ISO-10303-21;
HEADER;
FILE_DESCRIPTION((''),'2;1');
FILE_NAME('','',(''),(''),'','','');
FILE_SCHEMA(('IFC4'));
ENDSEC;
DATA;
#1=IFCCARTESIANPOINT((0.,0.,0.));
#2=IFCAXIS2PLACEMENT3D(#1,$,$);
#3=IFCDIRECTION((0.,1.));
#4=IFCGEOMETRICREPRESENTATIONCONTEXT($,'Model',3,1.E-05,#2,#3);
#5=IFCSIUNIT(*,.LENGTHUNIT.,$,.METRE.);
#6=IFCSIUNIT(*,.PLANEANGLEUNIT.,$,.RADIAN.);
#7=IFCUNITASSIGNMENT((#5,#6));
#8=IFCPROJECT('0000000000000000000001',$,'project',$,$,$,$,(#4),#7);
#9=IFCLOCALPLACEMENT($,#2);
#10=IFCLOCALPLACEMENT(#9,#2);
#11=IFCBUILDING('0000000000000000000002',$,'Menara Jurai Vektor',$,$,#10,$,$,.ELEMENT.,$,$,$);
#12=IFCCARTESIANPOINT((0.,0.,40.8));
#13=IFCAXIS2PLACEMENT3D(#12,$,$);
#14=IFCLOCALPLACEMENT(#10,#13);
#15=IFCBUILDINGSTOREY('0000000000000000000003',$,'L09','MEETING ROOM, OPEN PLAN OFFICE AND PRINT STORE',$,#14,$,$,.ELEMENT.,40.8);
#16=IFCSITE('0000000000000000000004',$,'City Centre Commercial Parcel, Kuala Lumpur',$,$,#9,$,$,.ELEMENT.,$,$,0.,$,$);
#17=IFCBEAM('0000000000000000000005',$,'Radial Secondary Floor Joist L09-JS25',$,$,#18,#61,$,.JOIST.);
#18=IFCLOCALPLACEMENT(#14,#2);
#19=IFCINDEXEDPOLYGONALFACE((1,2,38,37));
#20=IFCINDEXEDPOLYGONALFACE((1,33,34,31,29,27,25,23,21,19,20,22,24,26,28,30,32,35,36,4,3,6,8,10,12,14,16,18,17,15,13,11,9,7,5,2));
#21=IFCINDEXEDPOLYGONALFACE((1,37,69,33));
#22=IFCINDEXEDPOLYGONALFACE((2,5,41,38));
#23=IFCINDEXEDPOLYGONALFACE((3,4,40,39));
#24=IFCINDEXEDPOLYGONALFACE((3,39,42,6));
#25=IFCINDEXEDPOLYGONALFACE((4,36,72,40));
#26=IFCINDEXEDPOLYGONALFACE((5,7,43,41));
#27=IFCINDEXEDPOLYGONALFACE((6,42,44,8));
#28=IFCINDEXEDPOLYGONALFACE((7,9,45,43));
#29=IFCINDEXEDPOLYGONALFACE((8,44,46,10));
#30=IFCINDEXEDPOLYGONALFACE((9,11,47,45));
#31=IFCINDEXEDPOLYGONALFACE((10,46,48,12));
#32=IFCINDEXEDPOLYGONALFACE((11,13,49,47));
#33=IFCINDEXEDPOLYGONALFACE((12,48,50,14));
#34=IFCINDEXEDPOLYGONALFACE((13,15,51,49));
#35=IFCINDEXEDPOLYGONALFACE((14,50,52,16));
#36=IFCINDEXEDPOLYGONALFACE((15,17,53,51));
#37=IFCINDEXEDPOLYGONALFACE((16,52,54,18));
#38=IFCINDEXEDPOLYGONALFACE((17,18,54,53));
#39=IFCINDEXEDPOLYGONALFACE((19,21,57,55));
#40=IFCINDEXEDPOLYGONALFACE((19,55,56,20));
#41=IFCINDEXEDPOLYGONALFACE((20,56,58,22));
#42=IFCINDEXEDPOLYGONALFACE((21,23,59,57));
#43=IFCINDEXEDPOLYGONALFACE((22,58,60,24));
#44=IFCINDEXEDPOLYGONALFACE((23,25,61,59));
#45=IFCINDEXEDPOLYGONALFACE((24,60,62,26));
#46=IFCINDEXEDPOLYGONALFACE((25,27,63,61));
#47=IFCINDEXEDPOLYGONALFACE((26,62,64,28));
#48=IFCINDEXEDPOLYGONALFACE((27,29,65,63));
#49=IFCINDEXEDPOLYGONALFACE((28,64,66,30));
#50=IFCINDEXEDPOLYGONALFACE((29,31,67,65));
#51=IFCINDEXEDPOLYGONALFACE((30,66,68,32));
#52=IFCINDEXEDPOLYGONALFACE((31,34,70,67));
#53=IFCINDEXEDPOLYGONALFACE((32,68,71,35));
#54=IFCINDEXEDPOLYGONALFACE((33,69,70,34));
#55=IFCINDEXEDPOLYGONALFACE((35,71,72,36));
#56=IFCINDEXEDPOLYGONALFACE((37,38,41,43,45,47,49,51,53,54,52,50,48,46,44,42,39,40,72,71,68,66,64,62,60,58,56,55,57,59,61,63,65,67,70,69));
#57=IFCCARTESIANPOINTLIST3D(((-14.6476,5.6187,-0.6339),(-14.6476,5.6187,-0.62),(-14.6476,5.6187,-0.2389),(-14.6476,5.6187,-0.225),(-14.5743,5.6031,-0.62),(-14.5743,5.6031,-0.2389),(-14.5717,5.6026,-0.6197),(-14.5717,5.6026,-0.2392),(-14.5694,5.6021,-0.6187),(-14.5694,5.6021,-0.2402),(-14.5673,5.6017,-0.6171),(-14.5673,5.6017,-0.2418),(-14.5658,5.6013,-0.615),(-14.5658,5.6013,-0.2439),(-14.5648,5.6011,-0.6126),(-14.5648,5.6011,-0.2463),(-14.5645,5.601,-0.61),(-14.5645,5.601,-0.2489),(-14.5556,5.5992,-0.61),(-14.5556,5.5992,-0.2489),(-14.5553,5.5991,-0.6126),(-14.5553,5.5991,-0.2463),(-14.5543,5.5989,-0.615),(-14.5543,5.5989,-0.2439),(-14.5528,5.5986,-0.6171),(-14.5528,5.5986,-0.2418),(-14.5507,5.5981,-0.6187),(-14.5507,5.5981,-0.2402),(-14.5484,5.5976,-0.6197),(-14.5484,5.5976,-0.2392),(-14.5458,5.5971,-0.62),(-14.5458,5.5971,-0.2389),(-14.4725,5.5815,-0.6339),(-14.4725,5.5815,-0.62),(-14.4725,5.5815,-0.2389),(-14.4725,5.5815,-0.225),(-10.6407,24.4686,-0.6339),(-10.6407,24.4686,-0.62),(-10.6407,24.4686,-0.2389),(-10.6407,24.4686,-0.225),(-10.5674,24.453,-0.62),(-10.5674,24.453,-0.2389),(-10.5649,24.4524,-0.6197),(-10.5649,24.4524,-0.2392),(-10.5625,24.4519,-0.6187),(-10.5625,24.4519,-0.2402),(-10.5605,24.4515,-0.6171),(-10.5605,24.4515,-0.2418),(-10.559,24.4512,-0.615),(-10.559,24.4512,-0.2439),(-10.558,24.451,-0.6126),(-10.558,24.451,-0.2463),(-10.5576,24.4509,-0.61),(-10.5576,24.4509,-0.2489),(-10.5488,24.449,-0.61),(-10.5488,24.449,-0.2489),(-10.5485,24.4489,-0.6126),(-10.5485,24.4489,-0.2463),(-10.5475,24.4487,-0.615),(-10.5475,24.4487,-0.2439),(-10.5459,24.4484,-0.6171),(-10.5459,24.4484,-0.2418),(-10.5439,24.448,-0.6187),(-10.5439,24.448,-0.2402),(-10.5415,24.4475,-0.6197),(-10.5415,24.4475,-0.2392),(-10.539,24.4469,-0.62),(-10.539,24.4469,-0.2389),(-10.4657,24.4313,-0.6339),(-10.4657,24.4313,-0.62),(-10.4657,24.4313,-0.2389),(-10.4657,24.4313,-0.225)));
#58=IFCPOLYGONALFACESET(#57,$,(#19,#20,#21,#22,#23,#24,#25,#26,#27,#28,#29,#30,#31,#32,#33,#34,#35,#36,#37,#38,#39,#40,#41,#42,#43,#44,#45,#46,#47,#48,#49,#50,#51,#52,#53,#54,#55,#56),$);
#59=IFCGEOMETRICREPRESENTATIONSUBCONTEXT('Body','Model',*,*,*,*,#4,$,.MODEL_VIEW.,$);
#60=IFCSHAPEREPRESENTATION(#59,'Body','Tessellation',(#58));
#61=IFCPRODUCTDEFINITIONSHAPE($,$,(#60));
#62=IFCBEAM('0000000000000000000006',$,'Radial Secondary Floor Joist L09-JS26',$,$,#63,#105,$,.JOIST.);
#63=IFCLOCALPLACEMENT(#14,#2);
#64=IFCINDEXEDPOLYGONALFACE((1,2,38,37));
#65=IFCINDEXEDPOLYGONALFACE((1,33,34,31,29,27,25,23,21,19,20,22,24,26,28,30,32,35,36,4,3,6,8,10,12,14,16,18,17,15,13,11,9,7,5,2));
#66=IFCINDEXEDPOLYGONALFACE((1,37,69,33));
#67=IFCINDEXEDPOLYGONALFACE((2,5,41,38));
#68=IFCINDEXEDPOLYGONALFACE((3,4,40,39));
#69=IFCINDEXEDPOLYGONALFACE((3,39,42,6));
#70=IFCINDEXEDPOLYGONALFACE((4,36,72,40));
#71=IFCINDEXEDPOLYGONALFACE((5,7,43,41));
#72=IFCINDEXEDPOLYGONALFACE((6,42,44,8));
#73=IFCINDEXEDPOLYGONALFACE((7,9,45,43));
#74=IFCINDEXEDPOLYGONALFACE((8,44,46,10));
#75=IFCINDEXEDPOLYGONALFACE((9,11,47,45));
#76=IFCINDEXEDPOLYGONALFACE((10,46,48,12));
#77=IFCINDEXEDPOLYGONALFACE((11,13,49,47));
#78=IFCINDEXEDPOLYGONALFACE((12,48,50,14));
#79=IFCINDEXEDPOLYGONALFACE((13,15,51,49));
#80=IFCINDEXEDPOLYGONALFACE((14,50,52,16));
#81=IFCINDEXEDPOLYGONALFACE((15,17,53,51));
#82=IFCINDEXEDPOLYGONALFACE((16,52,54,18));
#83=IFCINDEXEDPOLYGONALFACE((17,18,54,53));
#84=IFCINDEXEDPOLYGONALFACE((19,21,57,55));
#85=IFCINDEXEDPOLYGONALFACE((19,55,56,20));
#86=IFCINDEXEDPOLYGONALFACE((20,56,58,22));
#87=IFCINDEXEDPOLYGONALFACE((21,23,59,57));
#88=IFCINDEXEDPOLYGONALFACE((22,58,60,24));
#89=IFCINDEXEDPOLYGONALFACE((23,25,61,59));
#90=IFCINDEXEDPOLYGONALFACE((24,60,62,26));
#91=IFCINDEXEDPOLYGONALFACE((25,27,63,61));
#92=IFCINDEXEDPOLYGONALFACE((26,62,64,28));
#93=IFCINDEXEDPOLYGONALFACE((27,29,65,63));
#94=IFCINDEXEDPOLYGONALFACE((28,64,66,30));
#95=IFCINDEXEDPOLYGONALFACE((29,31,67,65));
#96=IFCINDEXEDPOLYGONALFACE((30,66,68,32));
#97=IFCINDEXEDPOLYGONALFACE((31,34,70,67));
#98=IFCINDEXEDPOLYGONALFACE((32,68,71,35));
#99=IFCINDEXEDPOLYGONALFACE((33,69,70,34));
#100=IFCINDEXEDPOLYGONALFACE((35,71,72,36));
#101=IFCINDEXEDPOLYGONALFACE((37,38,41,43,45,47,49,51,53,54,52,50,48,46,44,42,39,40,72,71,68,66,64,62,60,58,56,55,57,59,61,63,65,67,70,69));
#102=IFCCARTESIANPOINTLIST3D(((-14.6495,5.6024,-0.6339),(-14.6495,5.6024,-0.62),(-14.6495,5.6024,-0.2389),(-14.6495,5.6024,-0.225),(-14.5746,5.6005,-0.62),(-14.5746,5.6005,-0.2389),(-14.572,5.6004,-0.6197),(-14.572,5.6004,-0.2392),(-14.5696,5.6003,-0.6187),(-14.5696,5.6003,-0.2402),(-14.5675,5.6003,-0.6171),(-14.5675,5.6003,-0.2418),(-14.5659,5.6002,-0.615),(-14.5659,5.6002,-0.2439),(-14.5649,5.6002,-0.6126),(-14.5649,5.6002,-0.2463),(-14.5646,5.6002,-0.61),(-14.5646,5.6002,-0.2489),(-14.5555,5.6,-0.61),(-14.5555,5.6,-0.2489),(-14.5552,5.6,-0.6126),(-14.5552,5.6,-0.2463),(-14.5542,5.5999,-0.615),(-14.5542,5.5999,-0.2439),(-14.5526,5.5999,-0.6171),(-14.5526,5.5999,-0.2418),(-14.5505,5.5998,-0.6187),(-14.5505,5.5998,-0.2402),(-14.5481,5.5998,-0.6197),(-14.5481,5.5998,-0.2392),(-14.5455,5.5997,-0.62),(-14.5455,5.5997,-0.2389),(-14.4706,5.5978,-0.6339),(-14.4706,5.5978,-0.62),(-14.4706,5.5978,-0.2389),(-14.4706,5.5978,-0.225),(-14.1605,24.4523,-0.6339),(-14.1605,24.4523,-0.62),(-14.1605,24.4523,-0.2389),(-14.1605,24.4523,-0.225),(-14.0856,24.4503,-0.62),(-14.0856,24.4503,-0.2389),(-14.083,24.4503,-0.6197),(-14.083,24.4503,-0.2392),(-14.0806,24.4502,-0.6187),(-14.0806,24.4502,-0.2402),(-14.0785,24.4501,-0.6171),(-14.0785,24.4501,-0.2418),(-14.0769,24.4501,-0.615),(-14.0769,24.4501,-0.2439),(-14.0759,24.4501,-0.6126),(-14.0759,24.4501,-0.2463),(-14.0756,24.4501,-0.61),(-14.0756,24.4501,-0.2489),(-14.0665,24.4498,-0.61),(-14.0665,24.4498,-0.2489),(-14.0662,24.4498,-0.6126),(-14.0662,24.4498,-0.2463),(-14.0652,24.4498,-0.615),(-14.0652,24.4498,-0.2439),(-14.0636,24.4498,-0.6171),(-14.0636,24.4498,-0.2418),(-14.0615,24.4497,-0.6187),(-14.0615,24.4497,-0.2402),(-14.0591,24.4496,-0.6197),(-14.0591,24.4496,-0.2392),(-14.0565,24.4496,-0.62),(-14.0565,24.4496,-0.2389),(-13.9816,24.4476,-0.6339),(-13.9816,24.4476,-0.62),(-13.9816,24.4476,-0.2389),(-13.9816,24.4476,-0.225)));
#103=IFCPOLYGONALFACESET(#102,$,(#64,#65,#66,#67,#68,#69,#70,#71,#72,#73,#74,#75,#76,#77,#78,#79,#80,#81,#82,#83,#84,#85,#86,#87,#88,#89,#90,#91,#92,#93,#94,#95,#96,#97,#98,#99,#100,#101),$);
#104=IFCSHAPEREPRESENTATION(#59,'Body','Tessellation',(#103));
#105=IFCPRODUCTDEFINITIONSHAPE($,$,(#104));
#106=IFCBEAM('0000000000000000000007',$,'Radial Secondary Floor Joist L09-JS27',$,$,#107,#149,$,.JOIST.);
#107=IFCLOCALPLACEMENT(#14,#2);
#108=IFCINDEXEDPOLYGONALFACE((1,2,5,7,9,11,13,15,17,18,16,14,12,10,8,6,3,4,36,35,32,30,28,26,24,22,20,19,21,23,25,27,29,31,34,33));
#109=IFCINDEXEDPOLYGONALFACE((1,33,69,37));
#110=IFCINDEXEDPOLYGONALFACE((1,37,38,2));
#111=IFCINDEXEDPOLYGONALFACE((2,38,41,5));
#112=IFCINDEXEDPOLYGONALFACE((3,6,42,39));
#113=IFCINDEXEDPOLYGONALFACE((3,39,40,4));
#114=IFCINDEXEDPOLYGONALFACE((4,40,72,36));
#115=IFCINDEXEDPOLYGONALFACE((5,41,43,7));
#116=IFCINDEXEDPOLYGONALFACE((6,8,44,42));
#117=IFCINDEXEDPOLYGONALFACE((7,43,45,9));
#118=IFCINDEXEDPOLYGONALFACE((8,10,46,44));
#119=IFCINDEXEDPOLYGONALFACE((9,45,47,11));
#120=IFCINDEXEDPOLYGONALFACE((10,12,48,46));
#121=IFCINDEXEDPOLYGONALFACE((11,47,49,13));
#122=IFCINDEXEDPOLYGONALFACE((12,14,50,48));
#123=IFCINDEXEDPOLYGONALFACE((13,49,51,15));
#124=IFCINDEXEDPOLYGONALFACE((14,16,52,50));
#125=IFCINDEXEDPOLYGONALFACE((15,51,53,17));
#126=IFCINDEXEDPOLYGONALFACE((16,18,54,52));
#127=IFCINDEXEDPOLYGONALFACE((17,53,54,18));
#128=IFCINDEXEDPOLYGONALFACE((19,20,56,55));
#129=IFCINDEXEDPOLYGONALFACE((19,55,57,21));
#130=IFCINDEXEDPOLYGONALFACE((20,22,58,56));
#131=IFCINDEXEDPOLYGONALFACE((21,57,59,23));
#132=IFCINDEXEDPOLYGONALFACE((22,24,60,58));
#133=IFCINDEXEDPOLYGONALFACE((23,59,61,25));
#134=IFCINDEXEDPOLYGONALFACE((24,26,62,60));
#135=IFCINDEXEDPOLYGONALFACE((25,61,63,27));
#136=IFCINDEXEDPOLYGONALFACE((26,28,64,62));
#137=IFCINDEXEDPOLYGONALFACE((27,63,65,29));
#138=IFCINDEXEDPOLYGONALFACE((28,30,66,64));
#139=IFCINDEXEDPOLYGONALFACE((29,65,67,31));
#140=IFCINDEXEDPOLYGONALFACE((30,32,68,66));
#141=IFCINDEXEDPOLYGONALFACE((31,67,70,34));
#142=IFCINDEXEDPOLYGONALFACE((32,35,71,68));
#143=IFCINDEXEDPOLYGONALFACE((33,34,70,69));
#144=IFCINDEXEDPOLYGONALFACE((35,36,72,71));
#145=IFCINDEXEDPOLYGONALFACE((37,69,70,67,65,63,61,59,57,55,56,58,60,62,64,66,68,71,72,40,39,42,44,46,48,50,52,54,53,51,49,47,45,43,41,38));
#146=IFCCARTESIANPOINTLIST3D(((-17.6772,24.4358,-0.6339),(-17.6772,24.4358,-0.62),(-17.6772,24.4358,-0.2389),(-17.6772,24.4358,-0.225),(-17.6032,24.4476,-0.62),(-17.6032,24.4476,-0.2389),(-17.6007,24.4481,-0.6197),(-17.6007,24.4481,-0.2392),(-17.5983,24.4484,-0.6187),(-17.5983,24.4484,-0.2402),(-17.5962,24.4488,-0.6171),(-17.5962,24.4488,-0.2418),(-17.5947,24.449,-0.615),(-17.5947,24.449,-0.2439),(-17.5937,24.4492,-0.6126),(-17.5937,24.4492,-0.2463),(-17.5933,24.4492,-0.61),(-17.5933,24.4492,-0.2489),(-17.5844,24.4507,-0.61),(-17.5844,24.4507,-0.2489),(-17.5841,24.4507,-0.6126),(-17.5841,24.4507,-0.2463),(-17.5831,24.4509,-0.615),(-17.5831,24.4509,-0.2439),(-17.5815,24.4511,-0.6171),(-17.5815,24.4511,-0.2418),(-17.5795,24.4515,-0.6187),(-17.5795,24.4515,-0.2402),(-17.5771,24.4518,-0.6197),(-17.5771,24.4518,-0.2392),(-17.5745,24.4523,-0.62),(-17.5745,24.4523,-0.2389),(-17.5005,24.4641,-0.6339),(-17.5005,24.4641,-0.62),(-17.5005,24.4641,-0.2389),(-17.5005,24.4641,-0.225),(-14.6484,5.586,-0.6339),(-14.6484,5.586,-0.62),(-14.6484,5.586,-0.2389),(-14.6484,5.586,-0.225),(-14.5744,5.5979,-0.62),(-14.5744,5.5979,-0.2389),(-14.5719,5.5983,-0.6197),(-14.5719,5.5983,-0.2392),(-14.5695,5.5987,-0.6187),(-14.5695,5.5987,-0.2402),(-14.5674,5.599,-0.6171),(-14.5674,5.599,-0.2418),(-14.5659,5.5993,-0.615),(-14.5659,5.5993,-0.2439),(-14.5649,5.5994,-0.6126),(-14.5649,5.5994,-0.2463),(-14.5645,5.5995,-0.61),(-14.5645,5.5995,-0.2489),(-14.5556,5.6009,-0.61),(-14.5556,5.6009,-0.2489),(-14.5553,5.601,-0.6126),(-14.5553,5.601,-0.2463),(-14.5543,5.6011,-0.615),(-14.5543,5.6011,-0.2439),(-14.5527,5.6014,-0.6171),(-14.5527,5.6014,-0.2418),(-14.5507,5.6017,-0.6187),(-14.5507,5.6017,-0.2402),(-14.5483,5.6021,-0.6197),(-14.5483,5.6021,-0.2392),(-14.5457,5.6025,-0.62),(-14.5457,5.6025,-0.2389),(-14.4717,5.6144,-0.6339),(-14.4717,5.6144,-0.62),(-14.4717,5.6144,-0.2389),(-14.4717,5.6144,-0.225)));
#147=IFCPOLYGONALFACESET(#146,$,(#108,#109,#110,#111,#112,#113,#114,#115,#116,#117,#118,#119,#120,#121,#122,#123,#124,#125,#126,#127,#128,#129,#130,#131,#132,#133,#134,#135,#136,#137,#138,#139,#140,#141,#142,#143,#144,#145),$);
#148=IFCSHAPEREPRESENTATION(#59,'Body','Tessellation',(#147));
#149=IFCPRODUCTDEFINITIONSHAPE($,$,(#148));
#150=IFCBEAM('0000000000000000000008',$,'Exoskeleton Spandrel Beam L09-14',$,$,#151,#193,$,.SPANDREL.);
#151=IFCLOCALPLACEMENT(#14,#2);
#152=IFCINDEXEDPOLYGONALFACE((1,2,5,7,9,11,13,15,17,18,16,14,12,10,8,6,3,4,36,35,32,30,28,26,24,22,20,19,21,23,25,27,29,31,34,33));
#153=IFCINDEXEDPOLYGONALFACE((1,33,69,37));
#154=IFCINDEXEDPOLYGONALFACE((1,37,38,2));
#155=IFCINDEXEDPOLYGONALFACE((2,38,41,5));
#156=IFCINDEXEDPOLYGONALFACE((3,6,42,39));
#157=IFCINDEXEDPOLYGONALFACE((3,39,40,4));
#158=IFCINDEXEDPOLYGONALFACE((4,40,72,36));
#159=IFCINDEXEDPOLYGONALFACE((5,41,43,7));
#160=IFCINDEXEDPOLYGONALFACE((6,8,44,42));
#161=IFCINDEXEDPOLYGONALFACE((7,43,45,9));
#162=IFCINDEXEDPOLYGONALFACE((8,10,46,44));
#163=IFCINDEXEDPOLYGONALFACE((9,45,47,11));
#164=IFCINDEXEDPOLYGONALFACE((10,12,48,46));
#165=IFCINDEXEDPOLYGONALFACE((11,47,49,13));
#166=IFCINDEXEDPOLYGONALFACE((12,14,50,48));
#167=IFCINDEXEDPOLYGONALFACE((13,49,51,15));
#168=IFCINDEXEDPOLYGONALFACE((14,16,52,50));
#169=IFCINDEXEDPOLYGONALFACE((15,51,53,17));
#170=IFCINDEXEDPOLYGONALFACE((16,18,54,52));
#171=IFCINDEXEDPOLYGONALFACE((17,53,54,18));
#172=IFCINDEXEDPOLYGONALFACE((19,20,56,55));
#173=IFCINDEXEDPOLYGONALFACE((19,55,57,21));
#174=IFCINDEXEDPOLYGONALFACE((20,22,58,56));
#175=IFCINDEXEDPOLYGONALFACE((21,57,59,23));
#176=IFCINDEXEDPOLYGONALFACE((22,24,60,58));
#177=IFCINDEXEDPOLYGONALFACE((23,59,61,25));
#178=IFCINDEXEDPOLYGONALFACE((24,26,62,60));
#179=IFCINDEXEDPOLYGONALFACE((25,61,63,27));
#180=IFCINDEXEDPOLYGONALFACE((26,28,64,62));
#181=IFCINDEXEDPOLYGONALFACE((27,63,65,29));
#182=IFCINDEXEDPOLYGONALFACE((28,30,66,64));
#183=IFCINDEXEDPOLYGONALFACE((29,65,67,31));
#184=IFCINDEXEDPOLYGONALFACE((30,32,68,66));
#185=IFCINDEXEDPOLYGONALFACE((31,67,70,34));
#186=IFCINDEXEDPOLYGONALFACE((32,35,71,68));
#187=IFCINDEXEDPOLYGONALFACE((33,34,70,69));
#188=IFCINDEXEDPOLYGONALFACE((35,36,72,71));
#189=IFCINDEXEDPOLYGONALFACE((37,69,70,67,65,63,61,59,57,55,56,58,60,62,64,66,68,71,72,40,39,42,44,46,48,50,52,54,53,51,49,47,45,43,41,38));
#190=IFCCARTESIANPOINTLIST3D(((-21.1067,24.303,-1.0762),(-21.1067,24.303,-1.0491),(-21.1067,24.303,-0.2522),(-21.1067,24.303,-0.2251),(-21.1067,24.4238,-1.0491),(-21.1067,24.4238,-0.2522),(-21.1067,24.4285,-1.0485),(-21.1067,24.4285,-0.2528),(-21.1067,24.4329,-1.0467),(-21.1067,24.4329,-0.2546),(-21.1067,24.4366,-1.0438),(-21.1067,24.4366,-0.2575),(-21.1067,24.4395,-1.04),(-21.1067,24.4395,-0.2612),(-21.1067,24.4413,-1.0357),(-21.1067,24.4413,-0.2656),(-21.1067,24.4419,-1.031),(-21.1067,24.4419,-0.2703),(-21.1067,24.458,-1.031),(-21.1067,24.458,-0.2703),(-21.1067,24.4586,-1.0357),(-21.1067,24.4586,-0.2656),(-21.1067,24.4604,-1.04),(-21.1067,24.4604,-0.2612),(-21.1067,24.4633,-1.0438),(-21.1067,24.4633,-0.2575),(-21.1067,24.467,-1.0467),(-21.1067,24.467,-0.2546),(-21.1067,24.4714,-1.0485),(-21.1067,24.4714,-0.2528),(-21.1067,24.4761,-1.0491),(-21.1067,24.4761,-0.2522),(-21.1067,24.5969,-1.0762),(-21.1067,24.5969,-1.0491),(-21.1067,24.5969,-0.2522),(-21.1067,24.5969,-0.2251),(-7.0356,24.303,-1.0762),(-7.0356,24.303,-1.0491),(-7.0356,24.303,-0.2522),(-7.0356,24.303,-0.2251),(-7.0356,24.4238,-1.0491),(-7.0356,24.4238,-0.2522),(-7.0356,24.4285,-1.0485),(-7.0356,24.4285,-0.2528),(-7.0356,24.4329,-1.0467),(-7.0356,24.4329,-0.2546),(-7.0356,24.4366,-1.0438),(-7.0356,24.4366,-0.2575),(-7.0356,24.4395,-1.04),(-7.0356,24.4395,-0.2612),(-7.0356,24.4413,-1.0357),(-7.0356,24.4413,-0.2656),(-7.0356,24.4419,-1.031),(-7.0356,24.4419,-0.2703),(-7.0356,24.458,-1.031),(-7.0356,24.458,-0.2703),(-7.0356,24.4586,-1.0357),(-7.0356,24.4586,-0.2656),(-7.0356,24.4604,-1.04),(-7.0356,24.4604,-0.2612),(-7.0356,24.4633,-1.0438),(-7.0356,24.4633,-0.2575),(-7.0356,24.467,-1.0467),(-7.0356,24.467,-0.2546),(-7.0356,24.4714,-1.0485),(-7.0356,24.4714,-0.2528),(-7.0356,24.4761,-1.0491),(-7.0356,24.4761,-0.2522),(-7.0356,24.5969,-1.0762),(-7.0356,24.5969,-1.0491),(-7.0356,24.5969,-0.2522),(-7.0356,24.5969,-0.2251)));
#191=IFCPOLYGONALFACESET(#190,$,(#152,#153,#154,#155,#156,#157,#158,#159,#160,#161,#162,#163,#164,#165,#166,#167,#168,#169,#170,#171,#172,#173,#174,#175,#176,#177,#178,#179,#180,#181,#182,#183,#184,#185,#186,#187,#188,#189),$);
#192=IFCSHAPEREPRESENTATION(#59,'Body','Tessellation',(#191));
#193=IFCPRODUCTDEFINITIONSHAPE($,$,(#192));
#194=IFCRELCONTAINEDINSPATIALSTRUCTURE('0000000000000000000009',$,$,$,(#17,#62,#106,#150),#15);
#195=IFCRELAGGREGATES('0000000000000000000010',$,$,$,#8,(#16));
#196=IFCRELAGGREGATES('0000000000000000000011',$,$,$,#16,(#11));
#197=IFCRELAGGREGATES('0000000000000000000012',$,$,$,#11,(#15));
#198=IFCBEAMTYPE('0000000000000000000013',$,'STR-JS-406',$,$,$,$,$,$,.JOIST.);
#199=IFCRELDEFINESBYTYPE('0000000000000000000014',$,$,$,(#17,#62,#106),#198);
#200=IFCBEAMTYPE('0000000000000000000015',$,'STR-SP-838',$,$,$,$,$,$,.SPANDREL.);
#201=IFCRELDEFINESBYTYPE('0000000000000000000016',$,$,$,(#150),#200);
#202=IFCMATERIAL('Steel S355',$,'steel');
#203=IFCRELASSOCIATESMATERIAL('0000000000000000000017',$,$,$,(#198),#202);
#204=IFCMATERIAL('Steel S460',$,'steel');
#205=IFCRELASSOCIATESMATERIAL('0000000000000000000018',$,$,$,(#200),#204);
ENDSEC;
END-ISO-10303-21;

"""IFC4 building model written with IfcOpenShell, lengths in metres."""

from ifc_helpers import new_model, si_unit, direction, frame, origin, origin_2d, place, context, subcontext, project, spatial, i_section, extrude, material, material_profile, profile_set, type_object, element, save


model = new_model("IFC4")

# Units and contexts
model_context = context("Model", 3, precision=1e-05, world=origin(), true_north=direction((0.0, 1.0)))
body_context = subcontext(model_context, "Body", "Model", "MODEL_VIEW")
ifc_project = project(units=[si_unit("LENGTHUNIT", "METRE"), si_unit("PLANEANGLEUNIT", "RADIAN")], contexts=[model_context])

# Site, building, storey
site_placement = place(None, origin())
site = spatial("IfcSite", under=ifc_project, at=site_placement, Name="City Centre Commercial Parcel, Kuala Lumpur", CompositionType="ELEMENT", RefElevation=0.0)
building_placement = place(site_placement, origin())
building = spatial("IfcBuilding", under=site, at=building_placement, Name="Menara Jurai Vektor", CompositionType="ELEMENT")
storey_placement = place(building_placement, frame((0.0, 0.0, 40.8)))
storey = spatial("IfcBuildingStorey", under=building, at=storey_placement, Name="L09", Description="MEETING ROOM, OPEN PLAN OFFICE AND PRINT STORE", CompositionType="ELEMENT", Elevation=40.8)

# Shared definitions
ifc_material_1 = material(Name="Steel S460", Category="steel")

# Beams
ifc_material_2 = material(Name="Steel S355", Category="steel")
ifc_material_profile_1 = material_profile(ifc_material_2, i_section(OverallWidth=0.179, OverallDepth=0.4089, WebThickness=0.009, FlangeThickness=0.0139, FilletRadius=0.01, at=origin_2d()), Name="UKB 406x178x67")
ifc_profile_set_1 = profile_set([ifc_material_profile_1], Name="Steel S355")
beam_type_1 = type_object("IfcBeamType", Name="STR-JS-406", PredefinedType="JOIST", material=ifc_profile_set_1)
beam_1_placement = place(storey_placement, frame((-10.5532, 24.45, -0.4294), z_axis=(-0.20792, -0.978146, 0.0), x_axis=(0.978146, -0.20792, 0.0)))
element("IfcBeam", 1, at=beam_1_placement, inside=storey, type_object=beam_type_1, Name="Radial Secondary Floor Joist L09-JS25", PredefinedType="JOIST", context=body_context, shape_type="SweptSolid", body=[
    extrude(i_section(OverallWidth=0.179, OverallDepth=0.4089, WebThickness=0.009, FlangeThickness=0.0139, FilletRadius=0.01, at=origin_2d()), origin(), (0.0, 0.0, 1.0), 19.271),
])
beam_2_placement = place(storey_placement, frame((-14.071, 24.45, -0.4294), z_axis=(-0.025934, -0.999664, 0.0), x_axis=(0.999664, -0.025934, 0.0)))
element("IfcBeam", 2, at=beam_2_placement, inside=storey, type_object=beam_type_1, Name="Radial Secondary Floor Joist L09-JS26", PredefinedType="JOIST", context=body_context, shape_type="SweptSolid", body=[
    extrude(i_section(OverallWidth=0.179, OverallDepth=0.4089, WebThickness=0.009, FlangeThickness=0.0139, FilletRadius=0.01, at=origin_2d()), origin(), (0.0, 0.0, 1.0), 18.8562),
])
beam_3_placement = place(storey_placement, frame((-17.5889, 24.45, -0.4294), z_axis=(0.158646, -0.987336, 0.0), x_axis=(0.987336, 0.158646, 0.0)))
element("IfcBeam", 3, at=beam_3_placement, inside=storey, type_object=beam_type_1, Name="Radial Secondary Floor Joist L09-JS27", PredefinedType="JOIST", context=body_context, shape_type="SweptSolid", body=[
    extrude(i_section(OverallWidth=0.179, OverallDepth=0.4089, WebThickness=0.009, FlangeThickness=0.0139, FilletRadius=0.01, at=origin_2d()), origin(), (0.0, 0.0, 1.0), 19.0916),
])
ifc_material_profile_2 = material_profile(ifc_material_1, i_section(OverallWidth=0.2939, OverallDepth=0.8511, WebThickness=0.0161, FlangeThickness=0.0271, FilletRadius=0.0181, at=origin_2d()), Name="UKB 838x292x226")
ifc_profile_set_2 = profile_set([ifc_material_profile_2], Name="Steel S460")
beam_type_2 = type_object("IfcBeamType", Name="STR-SP-838", PredefinedType="SPANDREL", material=ifc_profile_set_2)
for number, where, z_axis, x_axis, name in (
    (4, (-7.0356, 24.45, -0.6506), (-1.0, 0.0, 0.0), (0.0, -1.0, 0.0), "Exoskeleton Spandrel Beam L09-14"),
):
    element("IfcBeam", number, at=place(storey_placement, frame(where, z_axis=z_axis, x_axis=x_axis)), inside=storey, type_object=beam_type_2, Name=name, PredefinedType="SPANDREL", context=body_context, shape_type="SweptSolid", body=[
        extrude(i_section(OverallWidth=0.2939, OverallDepth=0.8511, WebThickness=0.0161, FlangeThickness=0.0271, FilletRadius=0.0181, at=origin_2d()), origin(), (0.0, 0.0, 1.0), 14.071),
    ])

save(model, "model.ifc")
